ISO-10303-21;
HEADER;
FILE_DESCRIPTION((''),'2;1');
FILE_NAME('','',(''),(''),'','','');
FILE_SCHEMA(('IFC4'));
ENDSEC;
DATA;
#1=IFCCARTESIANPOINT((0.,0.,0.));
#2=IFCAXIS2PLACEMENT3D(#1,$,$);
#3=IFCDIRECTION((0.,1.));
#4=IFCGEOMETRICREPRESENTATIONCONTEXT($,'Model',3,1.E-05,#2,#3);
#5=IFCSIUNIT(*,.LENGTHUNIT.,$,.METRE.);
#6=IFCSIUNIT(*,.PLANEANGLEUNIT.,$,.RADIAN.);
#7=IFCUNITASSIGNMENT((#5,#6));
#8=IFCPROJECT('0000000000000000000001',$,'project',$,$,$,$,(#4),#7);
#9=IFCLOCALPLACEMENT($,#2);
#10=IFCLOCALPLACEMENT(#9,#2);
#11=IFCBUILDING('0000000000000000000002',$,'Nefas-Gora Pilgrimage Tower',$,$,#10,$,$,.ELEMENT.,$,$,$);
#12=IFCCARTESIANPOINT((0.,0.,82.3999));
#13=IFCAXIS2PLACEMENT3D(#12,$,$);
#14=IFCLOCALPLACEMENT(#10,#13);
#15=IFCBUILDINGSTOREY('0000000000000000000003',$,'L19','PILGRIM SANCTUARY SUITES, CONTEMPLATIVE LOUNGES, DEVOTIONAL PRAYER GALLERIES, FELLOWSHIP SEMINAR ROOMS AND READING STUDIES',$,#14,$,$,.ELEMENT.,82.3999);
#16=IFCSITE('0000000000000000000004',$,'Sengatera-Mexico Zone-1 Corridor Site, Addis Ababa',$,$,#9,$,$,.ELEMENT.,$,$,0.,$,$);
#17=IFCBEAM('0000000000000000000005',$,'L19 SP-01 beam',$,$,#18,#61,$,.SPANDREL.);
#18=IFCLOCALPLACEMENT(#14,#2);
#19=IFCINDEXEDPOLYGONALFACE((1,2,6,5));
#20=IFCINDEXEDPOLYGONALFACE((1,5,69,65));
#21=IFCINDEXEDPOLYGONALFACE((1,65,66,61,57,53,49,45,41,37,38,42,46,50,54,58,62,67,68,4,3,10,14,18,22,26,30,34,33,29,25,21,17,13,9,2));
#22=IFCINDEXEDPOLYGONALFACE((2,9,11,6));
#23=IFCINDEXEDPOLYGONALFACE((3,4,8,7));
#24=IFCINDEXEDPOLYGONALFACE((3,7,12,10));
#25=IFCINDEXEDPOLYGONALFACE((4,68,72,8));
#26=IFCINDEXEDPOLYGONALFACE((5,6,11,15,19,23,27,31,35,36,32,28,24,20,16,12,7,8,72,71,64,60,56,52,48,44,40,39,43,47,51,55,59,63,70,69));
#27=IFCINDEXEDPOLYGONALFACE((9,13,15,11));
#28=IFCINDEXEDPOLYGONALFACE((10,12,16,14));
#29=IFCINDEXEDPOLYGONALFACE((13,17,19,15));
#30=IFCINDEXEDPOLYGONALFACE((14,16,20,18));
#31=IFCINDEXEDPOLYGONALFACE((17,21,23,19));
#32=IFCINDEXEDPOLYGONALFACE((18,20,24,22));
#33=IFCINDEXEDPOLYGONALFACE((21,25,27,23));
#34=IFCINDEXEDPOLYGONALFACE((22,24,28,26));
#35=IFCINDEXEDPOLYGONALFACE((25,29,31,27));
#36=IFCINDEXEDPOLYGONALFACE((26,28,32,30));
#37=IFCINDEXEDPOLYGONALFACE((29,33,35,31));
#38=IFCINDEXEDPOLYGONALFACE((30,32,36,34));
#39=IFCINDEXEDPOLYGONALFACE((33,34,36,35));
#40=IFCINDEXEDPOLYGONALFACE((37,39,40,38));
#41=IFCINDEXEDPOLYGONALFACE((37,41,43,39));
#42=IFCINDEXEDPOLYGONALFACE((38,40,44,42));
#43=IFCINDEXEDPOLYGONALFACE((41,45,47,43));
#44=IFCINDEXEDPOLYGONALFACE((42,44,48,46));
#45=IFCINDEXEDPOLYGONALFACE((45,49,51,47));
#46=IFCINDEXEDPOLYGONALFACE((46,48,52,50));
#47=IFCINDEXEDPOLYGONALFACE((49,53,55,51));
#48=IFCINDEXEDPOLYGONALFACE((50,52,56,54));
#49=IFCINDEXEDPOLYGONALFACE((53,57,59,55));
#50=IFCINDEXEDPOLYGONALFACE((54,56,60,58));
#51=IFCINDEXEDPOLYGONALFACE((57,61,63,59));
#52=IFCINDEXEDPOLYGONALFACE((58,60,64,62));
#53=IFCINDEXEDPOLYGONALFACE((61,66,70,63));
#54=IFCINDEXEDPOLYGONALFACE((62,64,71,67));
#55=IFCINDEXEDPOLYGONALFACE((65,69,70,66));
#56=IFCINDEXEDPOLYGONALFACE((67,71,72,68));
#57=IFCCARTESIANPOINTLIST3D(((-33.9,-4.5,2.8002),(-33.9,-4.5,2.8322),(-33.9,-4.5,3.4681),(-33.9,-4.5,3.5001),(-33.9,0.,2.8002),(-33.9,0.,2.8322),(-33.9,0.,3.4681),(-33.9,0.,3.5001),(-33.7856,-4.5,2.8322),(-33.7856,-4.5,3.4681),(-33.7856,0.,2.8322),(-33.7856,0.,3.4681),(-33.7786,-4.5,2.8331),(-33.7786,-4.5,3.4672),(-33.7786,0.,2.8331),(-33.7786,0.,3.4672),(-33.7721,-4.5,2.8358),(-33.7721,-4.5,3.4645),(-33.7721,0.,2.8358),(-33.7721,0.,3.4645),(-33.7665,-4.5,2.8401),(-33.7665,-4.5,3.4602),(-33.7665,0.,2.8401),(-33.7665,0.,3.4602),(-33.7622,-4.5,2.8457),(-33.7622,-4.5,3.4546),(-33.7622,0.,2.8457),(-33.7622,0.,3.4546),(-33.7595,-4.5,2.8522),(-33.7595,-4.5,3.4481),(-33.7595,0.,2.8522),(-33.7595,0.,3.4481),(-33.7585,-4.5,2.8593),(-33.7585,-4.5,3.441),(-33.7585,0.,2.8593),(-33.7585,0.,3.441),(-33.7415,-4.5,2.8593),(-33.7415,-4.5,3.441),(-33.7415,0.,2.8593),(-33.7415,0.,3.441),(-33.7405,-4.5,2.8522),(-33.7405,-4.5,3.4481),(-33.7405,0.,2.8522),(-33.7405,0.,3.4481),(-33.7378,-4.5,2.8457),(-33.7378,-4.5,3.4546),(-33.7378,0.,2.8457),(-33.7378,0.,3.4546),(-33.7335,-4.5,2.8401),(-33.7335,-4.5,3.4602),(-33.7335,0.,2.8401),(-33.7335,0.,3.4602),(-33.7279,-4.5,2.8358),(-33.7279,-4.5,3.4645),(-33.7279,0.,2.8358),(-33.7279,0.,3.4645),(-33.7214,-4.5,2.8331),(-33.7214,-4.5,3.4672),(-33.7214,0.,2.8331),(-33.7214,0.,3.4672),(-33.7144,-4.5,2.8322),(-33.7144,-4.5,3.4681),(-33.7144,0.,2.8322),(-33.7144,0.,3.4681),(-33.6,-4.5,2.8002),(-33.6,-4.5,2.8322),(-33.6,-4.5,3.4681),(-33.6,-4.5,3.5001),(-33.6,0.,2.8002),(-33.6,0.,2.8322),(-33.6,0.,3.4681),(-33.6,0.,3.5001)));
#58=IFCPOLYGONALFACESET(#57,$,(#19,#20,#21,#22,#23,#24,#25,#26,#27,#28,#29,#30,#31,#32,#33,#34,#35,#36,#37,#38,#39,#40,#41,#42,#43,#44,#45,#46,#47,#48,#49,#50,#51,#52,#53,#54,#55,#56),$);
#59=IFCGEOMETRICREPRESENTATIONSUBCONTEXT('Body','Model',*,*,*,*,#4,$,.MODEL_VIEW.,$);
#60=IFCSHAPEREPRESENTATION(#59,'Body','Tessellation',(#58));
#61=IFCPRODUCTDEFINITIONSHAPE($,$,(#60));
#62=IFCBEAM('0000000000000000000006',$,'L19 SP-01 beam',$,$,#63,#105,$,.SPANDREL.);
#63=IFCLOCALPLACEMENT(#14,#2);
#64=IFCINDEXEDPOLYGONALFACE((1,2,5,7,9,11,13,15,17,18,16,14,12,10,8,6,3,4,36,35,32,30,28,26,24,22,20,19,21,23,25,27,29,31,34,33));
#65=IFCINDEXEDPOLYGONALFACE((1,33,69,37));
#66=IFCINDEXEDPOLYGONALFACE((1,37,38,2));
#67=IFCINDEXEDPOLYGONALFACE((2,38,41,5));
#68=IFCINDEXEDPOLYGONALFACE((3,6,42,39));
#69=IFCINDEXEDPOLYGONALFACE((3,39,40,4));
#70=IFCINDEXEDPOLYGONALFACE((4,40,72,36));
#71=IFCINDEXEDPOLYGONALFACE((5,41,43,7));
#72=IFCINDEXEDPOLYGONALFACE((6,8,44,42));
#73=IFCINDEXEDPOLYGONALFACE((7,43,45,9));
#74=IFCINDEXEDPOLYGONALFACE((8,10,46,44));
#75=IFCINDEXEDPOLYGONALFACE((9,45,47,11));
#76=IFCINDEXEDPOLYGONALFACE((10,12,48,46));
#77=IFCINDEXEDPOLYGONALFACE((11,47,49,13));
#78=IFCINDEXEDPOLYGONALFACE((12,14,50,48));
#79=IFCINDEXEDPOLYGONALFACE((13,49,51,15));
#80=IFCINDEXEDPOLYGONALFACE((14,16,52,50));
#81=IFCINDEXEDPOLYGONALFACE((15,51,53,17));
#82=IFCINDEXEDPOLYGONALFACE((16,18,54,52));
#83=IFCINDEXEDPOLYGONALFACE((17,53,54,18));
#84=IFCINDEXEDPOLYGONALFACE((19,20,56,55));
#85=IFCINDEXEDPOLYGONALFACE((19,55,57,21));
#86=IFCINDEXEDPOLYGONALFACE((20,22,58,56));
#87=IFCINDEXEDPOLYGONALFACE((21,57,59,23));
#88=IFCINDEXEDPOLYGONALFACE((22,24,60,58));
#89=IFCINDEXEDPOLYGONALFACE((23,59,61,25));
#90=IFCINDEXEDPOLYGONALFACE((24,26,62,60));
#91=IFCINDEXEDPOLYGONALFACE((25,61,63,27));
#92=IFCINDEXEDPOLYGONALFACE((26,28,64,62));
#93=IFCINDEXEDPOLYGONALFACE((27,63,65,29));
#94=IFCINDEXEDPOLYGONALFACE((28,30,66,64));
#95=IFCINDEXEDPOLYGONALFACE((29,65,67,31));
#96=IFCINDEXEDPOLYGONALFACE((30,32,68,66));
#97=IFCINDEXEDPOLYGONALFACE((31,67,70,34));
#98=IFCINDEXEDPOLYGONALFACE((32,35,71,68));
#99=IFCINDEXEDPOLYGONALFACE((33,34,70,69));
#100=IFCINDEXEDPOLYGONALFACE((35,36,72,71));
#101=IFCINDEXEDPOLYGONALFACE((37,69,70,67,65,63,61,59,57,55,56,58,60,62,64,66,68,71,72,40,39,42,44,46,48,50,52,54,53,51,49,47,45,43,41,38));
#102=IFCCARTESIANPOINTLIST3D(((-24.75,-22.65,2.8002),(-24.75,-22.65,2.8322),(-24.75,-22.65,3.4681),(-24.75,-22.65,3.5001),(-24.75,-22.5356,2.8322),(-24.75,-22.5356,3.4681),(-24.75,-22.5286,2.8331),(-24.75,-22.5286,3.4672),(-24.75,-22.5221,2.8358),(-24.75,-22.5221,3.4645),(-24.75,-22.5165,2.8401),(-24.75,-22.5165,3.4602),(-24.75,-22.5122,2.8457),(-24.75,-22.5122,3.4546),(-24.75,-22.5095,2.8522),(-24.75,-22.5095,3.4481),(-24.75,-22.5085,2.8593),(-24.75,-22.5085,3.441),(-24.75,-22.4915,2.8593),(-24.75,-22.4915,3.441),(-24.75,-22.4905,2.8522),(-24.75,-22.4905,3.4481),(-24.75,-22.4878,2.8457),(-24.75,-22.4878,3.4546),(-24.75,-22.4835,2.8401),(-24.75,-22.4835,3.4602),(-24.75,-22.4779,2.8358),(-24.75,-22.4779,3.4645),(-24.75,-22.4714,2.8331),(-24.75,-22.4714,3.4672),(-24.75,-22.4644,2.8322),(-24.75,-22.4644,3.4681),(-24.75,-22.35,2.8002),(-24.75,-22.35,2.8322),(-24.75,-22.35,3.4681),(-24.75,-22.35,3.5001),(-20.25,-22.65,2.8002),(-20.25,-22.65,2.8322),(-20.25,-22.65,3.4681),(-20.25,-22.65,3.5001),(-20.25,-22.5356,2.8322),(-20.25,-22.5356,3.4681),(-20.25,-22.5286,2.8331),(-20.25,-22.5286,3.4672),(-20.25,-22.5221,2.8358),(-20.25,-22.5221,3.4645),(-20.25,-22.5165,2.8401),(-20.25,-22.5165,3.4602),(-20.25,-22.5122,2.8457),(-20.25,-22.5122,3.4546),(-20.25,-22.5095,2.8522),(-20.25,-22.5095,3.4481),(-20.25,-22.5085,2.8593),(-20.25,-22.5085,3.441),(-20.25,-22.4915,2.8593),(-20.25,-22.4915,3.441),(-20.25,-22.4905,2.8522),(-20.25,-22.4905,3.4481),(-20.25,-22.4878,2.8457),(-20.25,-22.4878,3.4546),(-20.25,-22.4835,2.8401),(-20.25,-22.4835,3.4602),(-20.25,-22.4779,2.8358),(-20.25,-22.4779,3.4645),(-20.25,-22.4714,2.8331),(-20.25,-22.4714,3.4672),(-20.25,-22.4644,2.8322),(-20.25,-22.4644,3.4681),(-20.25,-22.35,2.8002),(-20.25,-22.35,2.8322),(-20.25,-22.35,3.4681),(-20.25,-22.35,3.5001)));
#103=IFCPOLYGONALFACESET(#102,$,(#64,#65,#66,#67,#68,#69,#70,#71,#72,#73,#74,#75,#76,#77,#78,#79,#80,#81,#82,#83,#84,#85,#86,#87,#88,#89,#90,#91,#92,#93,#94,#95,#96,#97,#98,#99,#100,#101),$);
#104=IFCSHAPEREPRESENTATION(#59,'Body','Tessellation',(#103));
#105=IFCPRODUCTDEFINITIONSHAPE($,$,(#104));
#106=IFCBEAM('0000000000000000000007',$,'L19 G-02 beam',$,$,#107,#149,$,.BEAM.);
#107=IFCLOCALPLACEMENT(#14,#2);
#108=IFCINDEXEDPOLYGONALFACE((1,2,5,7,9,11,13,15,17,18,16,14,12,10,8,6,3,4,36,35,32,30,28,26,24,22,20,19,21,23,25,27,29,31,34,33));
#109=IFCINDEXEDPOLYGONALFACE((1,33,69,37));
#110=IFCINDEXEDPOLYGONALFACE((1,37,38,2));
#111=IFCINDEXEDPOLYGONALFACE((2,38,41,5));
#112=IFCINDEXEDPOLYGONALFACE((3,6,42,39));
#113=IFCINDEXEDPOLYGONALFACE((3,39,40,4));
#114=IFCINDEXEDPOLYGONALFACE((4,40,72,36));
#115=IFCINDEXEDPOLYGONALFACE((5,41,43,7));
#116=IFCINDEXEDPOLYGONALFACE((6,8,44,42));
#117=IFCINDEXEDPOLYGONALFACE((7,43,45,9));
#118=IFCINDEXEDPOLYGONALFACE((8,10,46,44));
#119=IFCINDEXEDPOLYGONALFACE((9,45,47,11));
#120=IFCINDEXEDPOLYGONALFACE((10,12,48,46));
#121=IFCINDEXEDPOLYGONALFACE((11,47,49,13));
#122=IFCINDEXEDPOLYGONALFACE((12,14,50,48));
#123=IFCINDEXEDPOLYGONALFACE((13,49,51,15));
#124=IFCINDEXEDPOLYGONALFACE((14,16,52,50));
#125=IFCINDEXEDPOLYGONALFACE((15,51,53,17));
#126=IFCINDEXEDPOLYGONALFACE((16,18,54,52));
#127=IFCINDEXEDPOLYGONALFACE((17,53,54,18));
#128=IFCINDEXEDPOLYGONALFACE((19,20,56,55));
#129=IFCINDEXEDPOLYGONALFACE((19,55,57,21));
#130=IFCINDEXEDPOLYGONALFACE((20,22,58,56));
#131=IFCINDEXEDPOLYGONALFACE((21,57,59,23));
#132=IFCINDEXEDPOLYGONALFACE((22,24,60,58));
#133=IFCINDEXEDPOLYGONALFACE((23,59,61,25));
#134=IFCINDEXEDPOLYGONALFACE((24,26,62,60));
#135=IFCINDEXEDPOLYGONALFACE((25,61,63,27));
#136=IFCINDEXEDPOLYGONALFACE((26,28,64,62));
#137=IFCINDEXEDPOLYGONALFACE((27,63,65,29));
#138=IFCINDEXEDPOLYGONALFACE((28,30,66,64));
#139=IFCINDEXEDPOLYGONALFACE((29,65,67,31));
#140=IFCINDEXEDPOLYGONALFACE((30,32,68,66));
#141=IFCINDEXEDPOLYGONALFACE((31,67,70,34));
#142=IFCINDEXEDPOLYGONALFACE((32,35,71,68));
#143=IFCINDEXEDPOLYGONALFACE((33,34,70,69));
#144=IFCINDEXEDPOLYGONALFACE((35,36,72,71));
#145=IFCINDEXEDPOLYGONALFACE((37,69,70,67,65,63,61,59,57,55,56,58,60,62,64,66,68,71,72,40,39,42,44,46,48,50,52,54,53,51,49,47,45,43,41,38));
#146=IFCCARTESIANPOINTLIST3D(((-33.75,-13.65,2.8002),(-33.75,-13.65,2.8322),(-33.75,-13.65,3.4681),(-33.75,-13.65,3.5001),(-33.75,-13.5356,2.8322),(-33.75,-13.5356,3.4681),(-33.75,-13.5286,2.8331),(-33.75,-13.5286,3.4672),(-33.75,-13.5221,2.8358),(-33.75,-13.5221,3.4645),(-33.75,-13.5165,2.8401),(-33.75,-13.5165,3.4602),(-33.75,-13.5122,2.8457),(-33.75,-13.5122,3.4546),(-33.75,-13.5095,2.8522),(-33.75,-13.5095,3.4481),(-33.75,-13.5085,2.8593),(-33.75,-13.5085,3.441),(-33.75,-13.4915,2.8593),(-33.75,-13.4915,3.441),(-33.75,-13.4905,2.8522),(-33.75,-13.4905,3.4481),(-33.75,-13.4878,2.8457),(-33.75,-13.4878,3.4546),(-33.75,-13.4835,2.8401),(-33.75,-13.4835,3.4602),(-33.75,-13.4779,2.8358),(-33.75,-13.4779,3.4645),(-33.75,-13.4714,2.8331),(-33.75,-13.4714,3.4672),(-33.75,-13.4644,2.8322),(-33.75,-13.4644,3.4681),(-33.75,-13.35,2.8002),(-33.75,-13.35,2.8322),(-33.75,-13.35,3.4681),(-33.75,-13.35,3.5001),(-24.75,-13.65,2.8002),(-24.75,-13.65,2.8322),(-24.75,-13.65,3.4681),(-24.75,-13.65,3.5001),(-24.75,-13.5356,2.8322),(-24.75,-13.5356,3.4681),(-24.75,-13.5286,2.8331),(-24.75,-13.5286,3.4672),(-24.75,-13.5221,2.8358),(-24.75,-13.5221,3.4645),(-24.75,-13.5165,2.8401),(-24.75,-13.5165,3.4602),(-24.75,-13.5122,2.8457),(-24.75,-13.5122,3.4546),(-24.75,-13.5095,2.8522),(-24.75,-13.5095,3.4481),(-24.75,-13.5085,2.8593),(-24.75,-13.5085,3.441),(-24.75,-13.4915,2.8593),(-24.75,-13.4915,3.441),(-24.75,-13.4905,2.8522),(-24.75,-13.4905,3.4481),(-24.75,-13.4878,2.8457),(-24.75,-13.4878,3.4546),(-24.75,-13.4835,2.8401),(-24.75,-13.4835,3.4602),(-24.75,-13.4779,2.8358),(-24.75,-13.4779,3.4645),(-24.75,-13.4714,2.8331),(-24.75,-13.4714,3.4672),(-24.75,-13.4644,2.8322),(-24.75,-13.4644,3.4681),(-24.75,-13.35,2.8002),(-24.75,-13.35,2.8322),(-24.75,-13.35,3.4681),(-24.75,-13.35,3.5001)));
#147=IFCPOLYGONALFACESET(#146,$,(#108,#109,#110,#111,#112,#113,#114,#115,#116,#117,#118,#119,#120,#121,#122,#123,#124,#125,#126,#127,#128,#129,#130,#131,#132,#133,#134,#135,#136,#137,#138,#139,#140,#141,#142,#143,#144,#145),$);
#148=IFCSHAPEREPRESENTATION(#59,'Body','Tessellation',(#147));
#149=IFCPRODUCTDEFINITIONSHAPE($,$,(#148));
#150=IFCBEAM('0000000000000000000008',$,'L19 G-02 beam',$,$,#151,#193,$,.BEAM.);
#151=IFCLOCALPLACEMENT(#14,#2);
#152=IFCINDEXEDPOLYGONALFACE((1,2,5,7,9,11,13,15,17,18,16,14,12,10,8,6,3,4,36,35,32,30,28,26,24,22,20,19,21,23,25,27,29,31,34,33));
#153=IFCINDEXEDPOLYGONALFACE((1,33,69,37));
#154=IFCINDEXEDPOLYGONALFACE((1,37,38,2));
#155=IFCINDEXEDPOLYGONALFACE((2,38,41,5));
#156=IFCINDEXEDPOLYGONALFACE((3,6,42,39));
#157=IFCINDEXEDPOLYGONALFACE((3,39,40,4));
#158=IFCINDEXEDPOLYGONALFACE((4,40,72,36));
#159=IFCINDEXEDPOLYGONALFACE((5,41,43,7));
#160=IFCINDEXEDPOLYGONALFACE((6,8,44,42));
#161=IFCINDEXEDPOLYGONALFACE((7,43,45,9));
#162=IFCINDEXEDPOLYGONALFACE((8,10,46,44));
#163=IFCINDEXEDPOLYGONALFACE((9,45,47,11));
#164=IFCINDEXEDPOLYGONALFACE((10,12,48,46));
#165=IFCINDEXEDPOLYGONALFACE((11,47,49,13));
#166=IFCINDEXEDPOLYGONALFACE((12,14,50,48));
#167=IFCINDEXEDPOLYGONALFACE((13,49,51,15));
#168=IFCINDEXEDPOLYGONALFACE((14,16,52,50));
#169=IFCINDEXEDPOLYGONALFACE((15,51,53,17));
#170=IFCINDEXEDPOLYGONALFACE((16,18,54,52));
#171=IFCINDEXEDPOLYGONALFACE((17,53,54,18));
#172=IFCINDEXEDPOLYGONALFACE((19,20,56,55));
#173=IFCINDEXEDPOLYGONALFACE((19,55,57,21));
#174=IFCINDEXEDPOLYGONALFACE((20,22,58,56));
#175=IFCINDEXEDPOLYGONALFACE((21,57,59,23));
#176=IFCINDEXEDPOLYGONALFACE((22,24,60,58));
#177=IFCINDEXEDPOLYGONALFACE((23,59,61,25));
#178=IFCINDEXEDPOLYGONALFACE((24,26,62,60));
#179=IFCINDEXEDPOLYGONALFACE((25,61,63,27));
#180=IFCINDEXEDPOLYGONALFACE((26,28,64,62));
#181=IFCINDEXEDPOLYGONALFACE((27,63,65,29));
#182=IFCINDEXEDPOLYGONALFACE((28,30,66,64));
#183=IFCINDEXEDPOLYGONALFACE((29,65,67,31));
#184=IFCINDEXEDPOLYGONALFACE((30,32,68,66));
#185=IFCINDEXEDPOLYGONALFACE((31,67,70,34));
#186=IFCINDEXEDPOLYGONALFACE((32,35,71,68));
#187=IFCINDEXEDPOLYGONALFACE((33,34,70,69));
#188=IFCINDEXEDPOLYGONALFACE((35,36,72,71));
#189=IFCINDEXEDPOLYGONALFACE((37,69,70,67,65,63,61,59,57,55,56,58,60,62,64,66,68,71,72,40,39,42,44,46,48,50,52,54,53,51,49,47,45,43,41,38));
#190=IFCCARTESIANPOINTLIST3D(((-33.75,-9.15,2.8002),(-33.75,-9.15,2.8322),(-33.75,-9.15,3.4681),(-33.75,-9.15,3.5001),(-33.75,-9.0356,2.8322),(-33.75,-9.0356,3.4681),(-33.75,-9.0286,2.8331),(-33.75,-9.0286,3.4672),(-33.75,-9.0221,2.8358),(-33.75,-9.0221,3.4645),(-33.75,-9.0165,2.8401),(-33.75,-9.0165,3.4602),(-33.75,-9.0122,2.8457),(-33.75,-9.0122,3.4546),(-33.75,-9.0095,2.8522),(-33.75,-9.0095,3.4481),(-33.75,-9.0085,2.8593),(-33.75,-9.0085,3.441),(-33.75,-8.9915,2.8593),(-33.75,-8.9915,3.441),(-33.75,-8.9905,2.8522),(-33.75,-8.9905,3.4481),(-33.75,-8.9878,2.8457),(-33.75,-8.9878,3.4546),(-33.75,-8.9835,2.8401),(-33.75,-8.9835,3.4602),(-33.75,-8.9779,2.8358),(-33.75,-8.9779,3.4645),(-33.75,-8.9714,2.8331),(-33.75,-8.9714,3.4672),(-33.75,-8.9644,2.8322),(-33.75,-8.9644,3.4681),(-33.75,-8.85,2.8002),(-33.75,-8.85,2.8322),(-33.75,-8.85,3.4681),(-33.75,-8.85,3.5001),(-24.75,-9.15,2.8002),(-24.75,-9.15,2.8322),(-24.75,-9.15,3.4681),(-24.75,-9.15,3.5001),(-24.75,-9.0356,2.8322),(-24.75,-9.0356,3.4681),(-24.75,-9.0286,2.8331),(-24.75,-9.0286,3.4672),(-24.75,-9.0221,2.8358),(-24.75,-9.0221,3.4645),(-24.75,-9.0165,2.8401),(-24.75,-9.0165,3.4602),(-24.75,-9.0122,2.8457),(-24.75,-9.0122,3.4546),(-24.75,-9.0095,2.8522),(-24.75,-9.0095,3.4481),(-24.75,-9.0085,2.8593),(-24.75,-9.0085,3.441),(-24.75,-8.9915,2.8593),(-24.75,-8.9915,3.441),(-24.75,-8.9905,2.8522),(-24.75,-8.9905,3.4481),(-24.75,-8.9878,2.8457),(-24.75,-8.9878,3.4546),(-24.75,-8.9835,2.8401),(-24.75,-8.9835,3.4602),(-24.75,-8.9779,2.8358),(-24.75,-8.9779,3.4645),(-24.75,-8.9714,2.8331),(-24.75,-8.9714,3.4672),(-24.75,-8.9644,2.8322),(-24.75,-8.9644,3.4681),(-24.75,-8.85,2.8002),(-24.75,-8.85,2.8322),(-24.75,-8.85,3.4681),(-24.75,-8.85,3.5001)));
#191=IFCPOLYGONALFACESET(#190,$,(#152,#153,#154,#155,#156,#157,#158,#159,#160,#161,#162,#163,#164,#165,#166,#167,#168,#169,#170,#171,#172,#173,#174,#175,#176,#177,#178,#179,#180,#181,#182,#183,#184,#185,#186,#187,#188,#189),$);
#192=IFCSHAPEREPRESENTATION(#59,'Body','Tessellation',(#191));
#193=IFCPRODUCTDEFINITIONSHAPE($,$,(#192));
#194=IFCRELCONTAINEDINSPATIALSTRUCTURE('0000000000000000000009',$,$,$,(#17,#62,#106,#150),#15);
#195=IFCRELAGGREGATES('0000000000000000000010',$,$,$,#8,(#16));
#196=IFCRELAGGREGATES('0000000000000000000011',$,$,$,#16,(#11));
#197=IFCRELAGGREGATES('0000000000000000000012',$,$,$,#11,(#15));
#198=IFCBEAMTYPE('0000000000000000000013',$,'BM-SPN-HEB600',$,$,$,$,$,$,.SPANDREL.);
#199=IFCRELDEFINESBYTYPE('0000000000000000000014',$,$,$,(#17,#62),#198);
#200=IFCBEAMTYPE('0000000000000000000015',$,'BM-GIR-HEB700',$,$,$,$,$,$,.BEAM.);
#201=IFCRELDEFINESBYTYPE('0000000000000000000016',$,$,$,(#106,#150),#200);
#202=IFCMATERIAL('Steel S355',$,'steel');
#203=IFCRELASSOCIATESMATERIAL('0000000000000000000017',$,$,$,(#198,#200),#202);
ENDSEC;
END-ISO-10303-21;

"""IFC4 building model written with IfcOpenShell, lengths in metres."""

from ifc_helpers import new_model, si_unit, direction, frame, origin, origin_2d, place, context, subcontext, project, spatial, i_section, extrude, source, transform, mapped, material, material_profile, profile_set, type_object, element, save


model = new_model("IFC4")

# Units and contexts
model_context = context("Model", 3, precision=1e-05, world=origin(), true_north=direction((0.0, 1.0)))
body_context = subcontext(model_context, "Body", "Model", "MODEL_VIEW")
ifc_project = project(units=[si_unit("LENGTHUNIT", "METRE"), si_unit("PLANEANGLEUNIT", "RADIAN")], contexts=[model_context])

# Site, building, storey
site_placement = place(None, origin())
site = spatial("IfcSite", under=ifc_project, at=site_placement, Name="Sengatera-Mexico Zone-1 Corridor Site, Addis Ababa", CompositionType="ELEMENT", RefElevation=0.0)
building_placement = place(site_placement, origin())
building = spatial("IfcBuilding", under=site, at=building_placement, Name="Nefas-Gora Pilgrimage Tower", CompositionType="ELEMENT")
storey_placement = place(building_placement, frame((0.0, 0.0, 82.3999)))
storey = spatial("IfcBuildingStorey", under=building, at=storey_placement, Name="L19", Description="PILGRIM SANCTUARY SUITES, CONTEMPLATIVE LOUNGES, DEVOTIONAL PRAYER GALLERIES, FELLOWSHIP SEMINAR ROOMS AND READING STUDIES", CompositionType="ELEMENT", Elevation=82.3999)

# Beams
ifc_material_1 = material(Name="Steel S355", Category="steel")
ifc_material_profile_1 = material_profile(ifc_material_1, i_section(OverallWidth=0.3, OverallDepth=0.7, WebThickness=0.0171, FlangeThickness=0.032, FilletRadius=0.0271, at=origin_2d()), Name="HEB 700")
ifc_profile_set_1 = profile_set([ifc_material_profile_1], Name="Steel S355")
beam_type_1 = type_object("IfcBeamType", Name="BM-SPN-HEB600", PredefinedType="SPANDREL", material=ifc_profile_set_1)
shared_shape_1 = source(origin(), body_context, "Body", "SweptSolid", [
    extrude(i_section(OverallWidth=0.3, OverallDepth=0.7, WebThickness=0.0171, FlangeThickness=0.032, FilletRadius=0.0271, at=origin_2d()), origin(), (0.0, 0.0, 1.0), 4.5),
])
for number, where, z_axis, x_axis, name in (
    (1, (-33.75, -4.5, 3.1501), (0.0, 1.0, 0.0), (-1.0, 0.0, 0.0), "L19 SP-01 beam"),
    (2, (-24.75, -22.5, 3.1501), (1.0, 0.0, 0.0), (0.0, 1.0, 0.0), "L19 SP-01 beam"),
):
    element("IfcBeam", number, at=place(storey_placement, frame(where, z_axis=z_axis, x_axis=x_axis)), inside=storey, type_object=beam_type_1, Name=name, PredefinedType="SPANDREL", context=body_context, shape_type="MappedRepresentation", body=[
        mapped(shared_shape_1, transform((0.0, 0.0, 0.0), x_axis=(1.0, 0.0, 0.0), y_axis=(0.0, 1.0, 0.0), z_axis=(0.0, 0.0, 1.0), scale=1.0)),
    ])
ifc_material_profile_2 = material_profile(ifc_material_1, i_section(OverallWidth=0.3, OverallDepth=0.7, WebThickness=0.0171, FlangeThickness=0.032, FilletRadius=0.0271, at=origin_2d()), Name="HEB 700")
ifc_profile_set_2 = profile_set([ifc_material_profile_2], Name="Steel S355")
beam_type_2 = type_object("IfcBeamType", Name="BM-GIR-HEB700", PredefinedType="BEAM", material=ifc_profile_set_2)
shared_shape_2 = source(origin(), body_context, "Body", "SweptSolid", [
    extrude(i_section(OverallWidth=0.3, OverallDepth=0.7, WebThickness=0.0171, FlangeThickness=0.032, FilletRadius=0.0271, at=origin_2d()), origin(), (0.0, 0.0, 1.0), 9.0),
])
for number, where, z_axis, x_axis, name in (
    (3, (-33.75, -13.5, 3.1501), (1.0, 0.0, 0.0), (0.0, 1.0, 0.0), "L19 G-02 beam"),
    (4, (-33.75, -9.0, 3.1501), (1.0, 0.0, 0.0), (0.0, 1.0, 0.0), "L19 G-02 beam"),
):
    element("IfcBeam", number, at=place(storey_placement, frame(where, z_axis=z_axis, x_axis=x_axis)), inside=storey, type_object=beam_type_2, Name=name, PredefinedType="BEAM", context=body_context, shape_type="MappedRepresentation", body=[
        mapped(shared_shape_2, transform((0.0, 0.0, 0.0), x_axis=(1.0, 0.0, 0.0), y_axis=(0.0, 1.0, 0.0), z_axis=(0.0, 0.0, 1.0), scale=1.0)),
    ])

save(model, "model.ifc")
